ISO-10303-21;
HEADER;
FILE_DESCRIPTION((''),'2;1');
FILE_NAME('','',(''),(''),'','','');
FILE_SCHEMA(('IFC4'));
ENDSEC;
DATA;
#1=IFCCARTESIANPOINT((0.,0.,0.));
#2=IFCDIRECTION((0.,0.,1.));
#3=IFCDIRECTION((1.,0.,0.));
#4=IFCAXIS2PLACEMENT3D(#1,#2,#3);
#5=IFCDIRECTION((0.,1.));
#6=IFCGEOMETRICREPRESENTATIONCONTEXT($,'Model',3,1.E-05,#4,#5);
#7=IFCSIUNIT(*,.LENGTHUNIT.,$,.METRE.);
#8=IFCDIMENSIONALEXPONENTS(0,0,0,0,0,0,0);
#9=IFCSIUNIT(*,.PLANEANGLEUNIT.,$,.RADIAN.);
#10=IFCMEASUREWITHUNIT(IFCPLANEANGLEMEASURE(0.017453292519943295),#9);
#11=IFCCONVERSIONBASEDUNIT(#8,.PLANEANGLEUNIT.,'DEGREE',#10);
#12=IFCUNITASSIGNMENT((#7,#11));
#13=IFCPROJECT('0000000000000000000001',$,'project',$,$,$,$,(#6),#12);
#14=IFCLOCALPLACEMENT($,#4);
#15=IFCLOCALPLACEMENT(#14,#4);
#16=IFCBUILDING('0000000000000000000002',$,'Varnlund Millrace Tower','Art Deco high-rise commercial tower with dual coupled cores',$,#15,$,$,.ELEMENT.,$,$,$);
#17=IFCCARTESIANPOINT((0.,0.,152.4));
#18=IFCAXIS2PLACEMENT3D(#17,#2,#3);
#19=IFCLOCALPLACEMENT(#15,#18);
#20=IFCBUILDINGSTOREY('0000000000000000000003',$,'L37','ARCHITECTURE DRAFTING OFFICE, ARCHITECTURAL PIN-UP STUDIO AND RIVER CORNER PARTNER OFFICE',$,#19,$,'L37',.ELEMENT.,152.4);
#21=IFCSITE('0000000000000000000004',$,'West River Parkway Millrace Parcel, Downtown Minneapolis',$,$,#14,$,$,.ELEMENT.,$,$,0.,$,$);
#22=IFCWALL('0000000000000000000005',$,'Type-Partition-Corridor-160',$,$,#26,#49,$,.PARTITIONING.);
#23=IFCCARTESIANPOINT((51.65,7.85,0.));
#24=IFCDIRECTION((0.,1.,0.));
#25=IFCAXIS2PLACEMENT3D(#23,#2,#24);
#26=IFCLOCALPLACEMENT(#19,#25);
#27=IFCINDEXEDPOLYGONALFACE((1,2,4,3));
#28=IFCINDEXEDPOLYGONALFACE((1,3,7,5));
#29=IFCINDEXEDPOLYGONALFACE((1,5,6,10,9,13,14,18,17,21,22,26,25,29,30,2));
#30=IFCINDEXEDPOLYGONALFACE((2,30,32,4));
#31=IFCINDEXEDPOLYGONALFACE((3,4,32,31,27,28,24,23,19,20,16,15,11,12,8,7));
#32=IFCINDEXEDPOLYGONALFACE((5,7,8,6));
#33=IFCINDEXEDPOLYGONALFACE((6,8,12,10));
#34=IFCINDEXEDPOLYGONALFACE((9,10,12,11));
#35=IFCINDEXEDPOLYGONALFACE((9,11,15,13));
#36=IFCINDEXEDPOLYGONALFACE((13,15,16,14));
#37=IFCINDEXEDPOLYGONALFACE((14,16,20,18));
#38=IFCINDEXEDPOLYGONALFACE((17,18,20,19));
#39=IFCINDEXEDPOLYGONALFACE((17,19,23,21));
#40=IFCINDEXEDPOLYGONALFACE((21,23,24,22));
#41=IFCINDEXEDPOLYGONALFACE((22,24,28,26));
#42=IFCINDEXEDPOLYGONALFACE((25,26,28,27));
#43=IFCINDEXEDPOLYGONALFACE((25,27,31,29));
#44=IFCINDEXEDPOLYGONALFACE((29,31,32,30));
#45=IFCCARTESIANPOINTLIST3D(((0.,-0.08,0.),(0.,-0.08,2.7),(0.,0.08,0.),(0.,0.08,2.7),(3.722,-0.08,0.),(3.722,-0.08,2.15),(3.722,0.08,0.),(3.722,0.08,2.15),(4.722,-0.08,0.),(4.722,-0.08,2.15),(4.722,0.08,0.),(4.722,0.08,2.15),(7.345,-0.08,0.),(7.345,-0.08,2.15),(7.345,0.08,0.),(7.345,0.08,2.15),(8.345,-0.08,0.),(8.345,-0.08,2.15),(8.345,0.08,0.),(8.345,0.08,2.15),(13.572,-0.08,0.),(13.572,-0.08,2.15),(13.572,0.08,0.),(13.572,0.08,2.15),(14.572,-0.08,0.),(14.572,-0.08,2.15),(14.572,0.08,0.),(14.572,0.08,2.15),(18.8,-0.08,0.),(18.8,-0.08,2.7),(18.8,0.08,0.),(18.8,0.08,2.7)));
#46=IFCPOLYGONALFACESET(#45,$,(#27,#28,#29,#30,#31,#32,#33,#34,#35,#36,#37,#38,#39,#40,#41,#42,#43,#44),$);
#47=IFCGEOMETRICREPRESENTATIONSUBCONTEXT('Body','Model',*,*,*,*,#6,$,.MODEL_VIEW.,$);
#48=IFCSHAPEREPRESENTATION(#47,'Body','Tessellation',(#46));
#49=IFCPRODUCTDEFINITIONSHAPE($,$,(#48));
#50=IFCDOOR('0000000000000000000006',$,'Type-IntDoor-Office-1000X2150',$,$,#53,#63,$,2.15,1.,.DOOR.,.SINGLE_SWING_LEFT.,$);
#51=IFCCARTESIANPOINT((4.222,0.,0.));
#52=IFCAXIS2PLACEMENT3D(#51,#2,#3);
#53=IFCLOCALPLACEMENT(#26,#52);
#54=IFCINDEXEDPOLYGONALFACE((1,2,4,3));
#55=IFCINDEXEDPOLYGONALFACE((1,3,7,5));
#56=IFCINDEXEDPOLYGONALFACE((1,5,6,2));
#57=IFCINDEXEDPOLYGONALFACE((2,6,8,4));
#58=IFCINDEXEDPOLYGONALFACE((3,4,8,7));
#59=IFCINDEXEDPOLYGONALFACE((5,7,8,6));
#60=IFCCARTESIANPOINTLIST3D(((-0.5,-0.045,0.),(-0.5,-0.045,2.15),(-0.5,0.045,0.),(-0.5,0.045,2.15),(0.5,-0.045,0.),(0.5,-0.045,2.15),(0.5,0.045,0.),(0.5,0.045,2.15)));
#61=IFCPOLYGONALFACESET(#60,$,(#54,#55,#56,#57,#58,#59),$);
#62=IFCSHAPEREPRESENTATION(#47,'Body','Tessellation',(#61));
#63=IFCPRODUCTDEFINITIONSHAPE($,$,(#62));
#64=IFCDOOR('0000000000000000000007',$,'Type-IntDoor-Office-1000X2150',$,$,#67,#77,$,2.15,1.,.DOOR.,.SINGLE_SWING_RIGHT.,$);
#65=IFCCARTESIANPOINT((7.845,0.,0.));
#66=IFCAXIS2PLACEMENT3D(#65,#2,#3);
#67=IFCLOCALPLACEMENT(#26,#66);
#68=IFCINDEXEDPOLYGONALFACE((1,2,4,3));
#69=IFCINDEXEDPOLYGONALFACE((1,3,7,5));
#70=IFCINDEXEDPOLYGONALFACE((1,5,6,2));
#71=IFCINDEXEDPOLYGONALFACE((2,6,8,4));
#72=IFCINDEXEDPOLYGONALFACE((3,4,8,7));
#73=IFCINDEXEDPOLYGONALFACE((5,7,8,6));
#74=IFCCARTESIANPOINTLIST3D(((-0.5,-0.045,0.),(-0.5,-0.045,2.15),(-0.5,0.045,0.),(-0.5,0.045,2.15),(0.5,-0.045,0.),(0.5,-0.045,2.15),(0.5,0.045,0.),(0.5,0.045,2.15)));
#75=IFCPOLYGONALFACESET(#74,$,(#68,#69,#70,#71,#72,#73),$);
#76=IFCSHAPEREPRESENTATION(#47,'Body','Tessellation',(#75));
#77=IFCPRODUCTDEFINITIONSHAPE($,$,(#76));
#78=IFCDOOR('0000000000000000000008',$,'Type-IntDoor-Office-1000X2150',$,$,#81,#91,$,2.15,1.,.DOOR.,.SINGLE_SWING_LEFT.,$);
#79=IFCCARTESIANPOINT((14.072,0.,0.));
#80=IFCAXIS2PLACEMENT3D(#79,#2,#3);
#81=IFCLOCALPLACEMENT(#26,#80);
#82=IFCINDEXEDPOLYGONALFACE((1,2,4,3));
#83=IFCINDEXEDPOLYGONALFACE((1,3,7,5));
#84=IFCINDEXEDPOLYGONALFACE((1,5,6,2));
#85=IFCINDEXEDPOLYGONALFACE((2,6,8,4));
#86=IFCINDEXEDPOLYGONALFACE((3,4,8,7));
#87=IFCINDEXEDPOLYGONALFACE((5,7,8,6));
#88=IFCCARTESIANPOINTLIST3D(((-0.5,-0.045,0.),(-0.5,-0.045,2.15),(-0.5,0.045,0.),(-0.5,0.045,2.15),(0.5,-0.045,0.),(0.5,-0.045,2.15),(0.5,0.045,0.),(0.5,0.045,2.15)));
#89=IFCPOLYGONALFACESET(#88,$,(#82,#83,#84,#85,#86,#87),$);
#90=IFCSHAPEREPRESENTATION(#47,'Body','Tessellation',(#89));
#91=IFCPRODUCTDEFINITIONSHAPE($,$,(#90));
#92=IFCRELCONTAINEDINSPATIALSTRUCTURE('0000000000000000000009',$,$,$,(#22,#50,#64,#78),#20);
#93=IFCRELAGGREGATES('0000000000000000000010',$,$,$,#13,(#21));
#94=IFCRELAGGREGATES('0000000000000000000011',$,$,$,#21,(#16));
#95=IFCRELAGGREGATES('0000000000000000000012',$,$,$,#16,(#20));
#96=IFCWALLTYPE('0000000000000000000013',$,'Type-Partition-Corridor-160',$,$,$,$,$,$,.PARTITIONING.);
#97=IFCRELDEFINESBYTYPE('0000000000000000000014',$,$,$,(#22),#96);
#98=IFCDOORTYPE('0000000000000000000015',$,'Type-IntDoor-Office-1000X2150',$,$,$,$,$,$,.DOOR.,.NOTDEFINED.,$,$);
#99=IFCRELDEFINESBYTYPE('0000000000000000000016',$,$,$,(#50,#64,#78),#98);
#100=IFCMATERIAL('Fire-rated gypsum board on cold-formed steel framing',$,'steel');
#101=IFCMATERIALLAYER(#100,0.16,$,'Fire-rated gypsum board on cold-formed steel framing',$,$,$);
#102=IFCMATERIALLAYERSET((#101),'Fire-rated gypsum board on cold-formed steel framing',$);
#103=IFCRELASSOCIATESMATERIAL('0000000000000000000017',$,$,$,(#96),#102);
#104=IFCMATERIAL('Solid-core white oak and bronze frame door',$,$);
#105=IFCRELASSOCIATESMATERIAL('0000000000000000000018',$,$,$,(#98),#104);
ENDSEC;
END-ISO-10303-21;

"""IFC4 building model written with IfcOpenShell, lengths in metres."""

from ifc_helpers import new_model, entity, si_unit, converted_unit, direction, frame, origin_with_axes, origin_2d_with_axis, place, context, subcontext, project, spatial, polyline, rectangle, outline, extrude, material, layer, layer_set, type_object, element, fill, save


model = new_model("IFC4")

# Units and contexts
model_context = context("Model", 3, precision=1e-05, world=origin_with_axes(), true_north=direction((0.0, 1.0)))
body_context = subcontext(model_context, "Body", "Model", "MODEL_VIEW")
ifc_project = project(units=[si_unit("LENGTHUNIT", "METRE"), converted_unit("PLANEANGLEUNIT", "DEGREE", entity("IfcPlaneAngleMeasure", 0.017453292519943295), si_unit("PLANEANGLEUNIT", "RADIAN"), dimensions=[0, 0, 0, 0, 0, 0, 0])], contexts=[model_context])

# Site, building, storey
site_placement = place(None, origin_with_axes())
site = spatial("IfcSite", under=ifc_project, at=site_placement, Name="West River Parkway Millrace Parcel, Downtown Minneapolis", CompositionType="ELEMENT", RefElevation=0.0)
building_placement = place(site_placement, origin_with_axes())
building = spatial("IfcBuilding", under=site, at=building_placement, Name="Varnlund Millrace Tower", Description="Art Deco high-rise commercial tower with dual coupled cores", CompositionType="ELEMENT")
storey_placement = place(building_placement, frame((0.0, 0.0, 152.4), z_axis=(0.0, 0.0, 1.0), x_axis=(1.0, 0.0, 0.0)))
storey = spatial("IfcBuildingStorey", under=building, at=storey_placement, Name="L37", Description="ARCHITECTURE DRAFTING OFFICE, ARCHITECTURAL PIN-UP STUDIO AND RIVER CORNER PARTNER OFFICE", LongName="L37", CompositionType="ELEMENT", Elevation=152.4)

# Wall, openings, doors
ifc_material_1 = material(Name="Fire-rated gypsum board on cold-formed steel framing", Category="steel")
ifc_layer_1 = layer(ifc_material_1, 0.16, Name="Fire-rated gypsum board on cold-formed steel framing")
ifc_layer_set_1 = layer_set([ifc_layer_1], Name="Fire-rated gypsum board on cold-formed steel framing")
wall_type_1 = type_object("IfcWallType", Name="Type-Partition-Corridor-160", PredefinedType="PARTITIONING", material=ifc_layer_set_1)
wall_1_placement = place(storey_placement, frame((51.65, 7.85, 0.0), z_axis=(0.0, 0.0, 1.0), x_axis=(0.0, 1.0, 0.0)))
wall_1 = element("IfcWall", 1, at=wall_1_placement, inside=storey, type_object=wall_type_1, Name="Type-Partition-Corridor-160", PredefinedType="PARTITIONING", context=body_context, shape_type="SweptSolid", body=[
    extrude(outline(polyline([(0.0, -0.08), (18.8, -0.08), (18.8, 0.08), (0.0, 0.08), (0.0, -0.08)])), origin_with_axes(), (0.0, 0.0, 1.0), 2.7),
])
opening_1_placement = place(wall_1_placement, frame((4.222, 0.0, 0.0), z_axis=(0.0, 0.0, 1.0), x_axis=(1.0, 0.0, 0.0)))
opening_1 = element("IfcOpeningElement", 2, at=opening_1_placement, cuts=wall_1, PredefinedType="OPENING", context=body_context, shape_type="SweptSolid", body=[
    extrude(rectangle(XDim=1.0, YDim=0.18, at=origin_2d_with_axis()), origin_with_axes(), (0.0, 0.0, 1.0), 2.15),
])
opening_2_placement = place(wall_1_placement, frame((7.845, 0.0, 0.0), z_axis=(0.0, 0.0, 1.0), x_axis=(1.0, 0.0, 0.0)))
opening_2 = element("IfcOpeningElement", 3, at=opening_2_placement, cuts=wall_1, PredefinedType="OPENING", context=body_context, shape_type="SweptSolid", body=[
    extrude(rectangle(XDim=1.0, YDim=0.18, at=origin_2d_with_axis()), origin_with_axes(), (0.0, 0.0, 1.0), 2.15),
])
opening_3_placement = place(wall_1_placement, frame((14.072, 0.0, 0.0), z_axis=(0.0, 0.0, 1.0), x_axis=(1.0, 0.0, 0.0)))
opening_3 = element("IfcOpeningElement", 4, at=opening_3_placement, cuts=wall_1, PredefinedType="OPENING", context=body_context, shape_type="SweptSolid", body=[
    extrude(rectangle(XDim=1.0, YDim=0.18, at=origin_2d_with_axis()), origin_with_axes(), (0.0, 0.0, 1.0), 2.15),
])
ifc_material_2 = material(Name="Solid-core white oak and bronze frame door")
door_type = type_object("IfcDoorType", Name="Type-IntDoor-Office-1000X2150", OperationType="NOTDEFINED", PredefinedType="DOOR", material=ifc_material_2)
door_1_placement = place(wall_1_placement, frame((4.222, 0.0, 0.0), z_axis=(0.0, 0.0, 1.0), x_axis=(1.0, 0.0, 0.0)))
door_1 = element("IfcDoor", 5, at=door_1_placement, inside=storey, type_object=door_type, Name="Type-IntDoor-Office-1000X2150", OperationType="SINGLE_SWING_LEFT", OverallHeight=2.15, OverallWidth=1.0, PredefinedType="DOOR", context=body_context, shape_type="SweptSolid", body=[
    extrude(rectangle(XDim=1.0, YDim=0.09, at=origin_2d_with_axis()), origin_with_axes(), (0.0, 0.0, 1.0), 2.15),
])
fill(opening_1, door_1)
door_2_placement = place(wall_1_placement, frame((7.845, 0.0, 0.0), z_axis=(0.0, 0.0, 1.0), x_axis=(1.0, 0.0, 0.0)))
door_2 = element("IfcDoor", 6, at=door_2_placement, inside=storey, type_object=door_type, Name="Type-IntDoor-Office-1000X2150", OperationType="SINGLE_SWING_RIGHT", OverallHeight=2.15, OverallWidth=1.0, PredefinedType="DOOR", context=body_context, shape_type="SweptSolid", body=[
    extrude(rectangle(XDim=1.0, YDim=0.09, at=origin_2d_with_axis()), origin_with_axes(), (0.0, 0.0, 1.0), 2.15),
])
fill(opening_2, door_2)
door_3_placement = place(wall_1_placement, frame((14.072, 0.0, 0.0), z_axis=(0.0, 0.0, 1.0), x_axis=(1.0, 0.0, 0.0)))
door_3 = element("IfcDoor", 7, at=door_3_placement, inside=storey, type_object=door_type, Name="Type-IntDoor-Office-1000X2150", OperationType="SINGLE_SWING_LEFT", OverallHeight=2.15, OverallWidth=1.0, PredefinedType="DOOR", context=body_context, shape_type="SweptSolid", body=[
    extrude(rectangle(XDim=1.0, YDim=0.09, at=origin_2d_with_axis()), origin_with_axes(), (0.0, 0.0, 1.0), 2.15),
])
fill(opening_3, door_3)

save(model, "model.ifc")
